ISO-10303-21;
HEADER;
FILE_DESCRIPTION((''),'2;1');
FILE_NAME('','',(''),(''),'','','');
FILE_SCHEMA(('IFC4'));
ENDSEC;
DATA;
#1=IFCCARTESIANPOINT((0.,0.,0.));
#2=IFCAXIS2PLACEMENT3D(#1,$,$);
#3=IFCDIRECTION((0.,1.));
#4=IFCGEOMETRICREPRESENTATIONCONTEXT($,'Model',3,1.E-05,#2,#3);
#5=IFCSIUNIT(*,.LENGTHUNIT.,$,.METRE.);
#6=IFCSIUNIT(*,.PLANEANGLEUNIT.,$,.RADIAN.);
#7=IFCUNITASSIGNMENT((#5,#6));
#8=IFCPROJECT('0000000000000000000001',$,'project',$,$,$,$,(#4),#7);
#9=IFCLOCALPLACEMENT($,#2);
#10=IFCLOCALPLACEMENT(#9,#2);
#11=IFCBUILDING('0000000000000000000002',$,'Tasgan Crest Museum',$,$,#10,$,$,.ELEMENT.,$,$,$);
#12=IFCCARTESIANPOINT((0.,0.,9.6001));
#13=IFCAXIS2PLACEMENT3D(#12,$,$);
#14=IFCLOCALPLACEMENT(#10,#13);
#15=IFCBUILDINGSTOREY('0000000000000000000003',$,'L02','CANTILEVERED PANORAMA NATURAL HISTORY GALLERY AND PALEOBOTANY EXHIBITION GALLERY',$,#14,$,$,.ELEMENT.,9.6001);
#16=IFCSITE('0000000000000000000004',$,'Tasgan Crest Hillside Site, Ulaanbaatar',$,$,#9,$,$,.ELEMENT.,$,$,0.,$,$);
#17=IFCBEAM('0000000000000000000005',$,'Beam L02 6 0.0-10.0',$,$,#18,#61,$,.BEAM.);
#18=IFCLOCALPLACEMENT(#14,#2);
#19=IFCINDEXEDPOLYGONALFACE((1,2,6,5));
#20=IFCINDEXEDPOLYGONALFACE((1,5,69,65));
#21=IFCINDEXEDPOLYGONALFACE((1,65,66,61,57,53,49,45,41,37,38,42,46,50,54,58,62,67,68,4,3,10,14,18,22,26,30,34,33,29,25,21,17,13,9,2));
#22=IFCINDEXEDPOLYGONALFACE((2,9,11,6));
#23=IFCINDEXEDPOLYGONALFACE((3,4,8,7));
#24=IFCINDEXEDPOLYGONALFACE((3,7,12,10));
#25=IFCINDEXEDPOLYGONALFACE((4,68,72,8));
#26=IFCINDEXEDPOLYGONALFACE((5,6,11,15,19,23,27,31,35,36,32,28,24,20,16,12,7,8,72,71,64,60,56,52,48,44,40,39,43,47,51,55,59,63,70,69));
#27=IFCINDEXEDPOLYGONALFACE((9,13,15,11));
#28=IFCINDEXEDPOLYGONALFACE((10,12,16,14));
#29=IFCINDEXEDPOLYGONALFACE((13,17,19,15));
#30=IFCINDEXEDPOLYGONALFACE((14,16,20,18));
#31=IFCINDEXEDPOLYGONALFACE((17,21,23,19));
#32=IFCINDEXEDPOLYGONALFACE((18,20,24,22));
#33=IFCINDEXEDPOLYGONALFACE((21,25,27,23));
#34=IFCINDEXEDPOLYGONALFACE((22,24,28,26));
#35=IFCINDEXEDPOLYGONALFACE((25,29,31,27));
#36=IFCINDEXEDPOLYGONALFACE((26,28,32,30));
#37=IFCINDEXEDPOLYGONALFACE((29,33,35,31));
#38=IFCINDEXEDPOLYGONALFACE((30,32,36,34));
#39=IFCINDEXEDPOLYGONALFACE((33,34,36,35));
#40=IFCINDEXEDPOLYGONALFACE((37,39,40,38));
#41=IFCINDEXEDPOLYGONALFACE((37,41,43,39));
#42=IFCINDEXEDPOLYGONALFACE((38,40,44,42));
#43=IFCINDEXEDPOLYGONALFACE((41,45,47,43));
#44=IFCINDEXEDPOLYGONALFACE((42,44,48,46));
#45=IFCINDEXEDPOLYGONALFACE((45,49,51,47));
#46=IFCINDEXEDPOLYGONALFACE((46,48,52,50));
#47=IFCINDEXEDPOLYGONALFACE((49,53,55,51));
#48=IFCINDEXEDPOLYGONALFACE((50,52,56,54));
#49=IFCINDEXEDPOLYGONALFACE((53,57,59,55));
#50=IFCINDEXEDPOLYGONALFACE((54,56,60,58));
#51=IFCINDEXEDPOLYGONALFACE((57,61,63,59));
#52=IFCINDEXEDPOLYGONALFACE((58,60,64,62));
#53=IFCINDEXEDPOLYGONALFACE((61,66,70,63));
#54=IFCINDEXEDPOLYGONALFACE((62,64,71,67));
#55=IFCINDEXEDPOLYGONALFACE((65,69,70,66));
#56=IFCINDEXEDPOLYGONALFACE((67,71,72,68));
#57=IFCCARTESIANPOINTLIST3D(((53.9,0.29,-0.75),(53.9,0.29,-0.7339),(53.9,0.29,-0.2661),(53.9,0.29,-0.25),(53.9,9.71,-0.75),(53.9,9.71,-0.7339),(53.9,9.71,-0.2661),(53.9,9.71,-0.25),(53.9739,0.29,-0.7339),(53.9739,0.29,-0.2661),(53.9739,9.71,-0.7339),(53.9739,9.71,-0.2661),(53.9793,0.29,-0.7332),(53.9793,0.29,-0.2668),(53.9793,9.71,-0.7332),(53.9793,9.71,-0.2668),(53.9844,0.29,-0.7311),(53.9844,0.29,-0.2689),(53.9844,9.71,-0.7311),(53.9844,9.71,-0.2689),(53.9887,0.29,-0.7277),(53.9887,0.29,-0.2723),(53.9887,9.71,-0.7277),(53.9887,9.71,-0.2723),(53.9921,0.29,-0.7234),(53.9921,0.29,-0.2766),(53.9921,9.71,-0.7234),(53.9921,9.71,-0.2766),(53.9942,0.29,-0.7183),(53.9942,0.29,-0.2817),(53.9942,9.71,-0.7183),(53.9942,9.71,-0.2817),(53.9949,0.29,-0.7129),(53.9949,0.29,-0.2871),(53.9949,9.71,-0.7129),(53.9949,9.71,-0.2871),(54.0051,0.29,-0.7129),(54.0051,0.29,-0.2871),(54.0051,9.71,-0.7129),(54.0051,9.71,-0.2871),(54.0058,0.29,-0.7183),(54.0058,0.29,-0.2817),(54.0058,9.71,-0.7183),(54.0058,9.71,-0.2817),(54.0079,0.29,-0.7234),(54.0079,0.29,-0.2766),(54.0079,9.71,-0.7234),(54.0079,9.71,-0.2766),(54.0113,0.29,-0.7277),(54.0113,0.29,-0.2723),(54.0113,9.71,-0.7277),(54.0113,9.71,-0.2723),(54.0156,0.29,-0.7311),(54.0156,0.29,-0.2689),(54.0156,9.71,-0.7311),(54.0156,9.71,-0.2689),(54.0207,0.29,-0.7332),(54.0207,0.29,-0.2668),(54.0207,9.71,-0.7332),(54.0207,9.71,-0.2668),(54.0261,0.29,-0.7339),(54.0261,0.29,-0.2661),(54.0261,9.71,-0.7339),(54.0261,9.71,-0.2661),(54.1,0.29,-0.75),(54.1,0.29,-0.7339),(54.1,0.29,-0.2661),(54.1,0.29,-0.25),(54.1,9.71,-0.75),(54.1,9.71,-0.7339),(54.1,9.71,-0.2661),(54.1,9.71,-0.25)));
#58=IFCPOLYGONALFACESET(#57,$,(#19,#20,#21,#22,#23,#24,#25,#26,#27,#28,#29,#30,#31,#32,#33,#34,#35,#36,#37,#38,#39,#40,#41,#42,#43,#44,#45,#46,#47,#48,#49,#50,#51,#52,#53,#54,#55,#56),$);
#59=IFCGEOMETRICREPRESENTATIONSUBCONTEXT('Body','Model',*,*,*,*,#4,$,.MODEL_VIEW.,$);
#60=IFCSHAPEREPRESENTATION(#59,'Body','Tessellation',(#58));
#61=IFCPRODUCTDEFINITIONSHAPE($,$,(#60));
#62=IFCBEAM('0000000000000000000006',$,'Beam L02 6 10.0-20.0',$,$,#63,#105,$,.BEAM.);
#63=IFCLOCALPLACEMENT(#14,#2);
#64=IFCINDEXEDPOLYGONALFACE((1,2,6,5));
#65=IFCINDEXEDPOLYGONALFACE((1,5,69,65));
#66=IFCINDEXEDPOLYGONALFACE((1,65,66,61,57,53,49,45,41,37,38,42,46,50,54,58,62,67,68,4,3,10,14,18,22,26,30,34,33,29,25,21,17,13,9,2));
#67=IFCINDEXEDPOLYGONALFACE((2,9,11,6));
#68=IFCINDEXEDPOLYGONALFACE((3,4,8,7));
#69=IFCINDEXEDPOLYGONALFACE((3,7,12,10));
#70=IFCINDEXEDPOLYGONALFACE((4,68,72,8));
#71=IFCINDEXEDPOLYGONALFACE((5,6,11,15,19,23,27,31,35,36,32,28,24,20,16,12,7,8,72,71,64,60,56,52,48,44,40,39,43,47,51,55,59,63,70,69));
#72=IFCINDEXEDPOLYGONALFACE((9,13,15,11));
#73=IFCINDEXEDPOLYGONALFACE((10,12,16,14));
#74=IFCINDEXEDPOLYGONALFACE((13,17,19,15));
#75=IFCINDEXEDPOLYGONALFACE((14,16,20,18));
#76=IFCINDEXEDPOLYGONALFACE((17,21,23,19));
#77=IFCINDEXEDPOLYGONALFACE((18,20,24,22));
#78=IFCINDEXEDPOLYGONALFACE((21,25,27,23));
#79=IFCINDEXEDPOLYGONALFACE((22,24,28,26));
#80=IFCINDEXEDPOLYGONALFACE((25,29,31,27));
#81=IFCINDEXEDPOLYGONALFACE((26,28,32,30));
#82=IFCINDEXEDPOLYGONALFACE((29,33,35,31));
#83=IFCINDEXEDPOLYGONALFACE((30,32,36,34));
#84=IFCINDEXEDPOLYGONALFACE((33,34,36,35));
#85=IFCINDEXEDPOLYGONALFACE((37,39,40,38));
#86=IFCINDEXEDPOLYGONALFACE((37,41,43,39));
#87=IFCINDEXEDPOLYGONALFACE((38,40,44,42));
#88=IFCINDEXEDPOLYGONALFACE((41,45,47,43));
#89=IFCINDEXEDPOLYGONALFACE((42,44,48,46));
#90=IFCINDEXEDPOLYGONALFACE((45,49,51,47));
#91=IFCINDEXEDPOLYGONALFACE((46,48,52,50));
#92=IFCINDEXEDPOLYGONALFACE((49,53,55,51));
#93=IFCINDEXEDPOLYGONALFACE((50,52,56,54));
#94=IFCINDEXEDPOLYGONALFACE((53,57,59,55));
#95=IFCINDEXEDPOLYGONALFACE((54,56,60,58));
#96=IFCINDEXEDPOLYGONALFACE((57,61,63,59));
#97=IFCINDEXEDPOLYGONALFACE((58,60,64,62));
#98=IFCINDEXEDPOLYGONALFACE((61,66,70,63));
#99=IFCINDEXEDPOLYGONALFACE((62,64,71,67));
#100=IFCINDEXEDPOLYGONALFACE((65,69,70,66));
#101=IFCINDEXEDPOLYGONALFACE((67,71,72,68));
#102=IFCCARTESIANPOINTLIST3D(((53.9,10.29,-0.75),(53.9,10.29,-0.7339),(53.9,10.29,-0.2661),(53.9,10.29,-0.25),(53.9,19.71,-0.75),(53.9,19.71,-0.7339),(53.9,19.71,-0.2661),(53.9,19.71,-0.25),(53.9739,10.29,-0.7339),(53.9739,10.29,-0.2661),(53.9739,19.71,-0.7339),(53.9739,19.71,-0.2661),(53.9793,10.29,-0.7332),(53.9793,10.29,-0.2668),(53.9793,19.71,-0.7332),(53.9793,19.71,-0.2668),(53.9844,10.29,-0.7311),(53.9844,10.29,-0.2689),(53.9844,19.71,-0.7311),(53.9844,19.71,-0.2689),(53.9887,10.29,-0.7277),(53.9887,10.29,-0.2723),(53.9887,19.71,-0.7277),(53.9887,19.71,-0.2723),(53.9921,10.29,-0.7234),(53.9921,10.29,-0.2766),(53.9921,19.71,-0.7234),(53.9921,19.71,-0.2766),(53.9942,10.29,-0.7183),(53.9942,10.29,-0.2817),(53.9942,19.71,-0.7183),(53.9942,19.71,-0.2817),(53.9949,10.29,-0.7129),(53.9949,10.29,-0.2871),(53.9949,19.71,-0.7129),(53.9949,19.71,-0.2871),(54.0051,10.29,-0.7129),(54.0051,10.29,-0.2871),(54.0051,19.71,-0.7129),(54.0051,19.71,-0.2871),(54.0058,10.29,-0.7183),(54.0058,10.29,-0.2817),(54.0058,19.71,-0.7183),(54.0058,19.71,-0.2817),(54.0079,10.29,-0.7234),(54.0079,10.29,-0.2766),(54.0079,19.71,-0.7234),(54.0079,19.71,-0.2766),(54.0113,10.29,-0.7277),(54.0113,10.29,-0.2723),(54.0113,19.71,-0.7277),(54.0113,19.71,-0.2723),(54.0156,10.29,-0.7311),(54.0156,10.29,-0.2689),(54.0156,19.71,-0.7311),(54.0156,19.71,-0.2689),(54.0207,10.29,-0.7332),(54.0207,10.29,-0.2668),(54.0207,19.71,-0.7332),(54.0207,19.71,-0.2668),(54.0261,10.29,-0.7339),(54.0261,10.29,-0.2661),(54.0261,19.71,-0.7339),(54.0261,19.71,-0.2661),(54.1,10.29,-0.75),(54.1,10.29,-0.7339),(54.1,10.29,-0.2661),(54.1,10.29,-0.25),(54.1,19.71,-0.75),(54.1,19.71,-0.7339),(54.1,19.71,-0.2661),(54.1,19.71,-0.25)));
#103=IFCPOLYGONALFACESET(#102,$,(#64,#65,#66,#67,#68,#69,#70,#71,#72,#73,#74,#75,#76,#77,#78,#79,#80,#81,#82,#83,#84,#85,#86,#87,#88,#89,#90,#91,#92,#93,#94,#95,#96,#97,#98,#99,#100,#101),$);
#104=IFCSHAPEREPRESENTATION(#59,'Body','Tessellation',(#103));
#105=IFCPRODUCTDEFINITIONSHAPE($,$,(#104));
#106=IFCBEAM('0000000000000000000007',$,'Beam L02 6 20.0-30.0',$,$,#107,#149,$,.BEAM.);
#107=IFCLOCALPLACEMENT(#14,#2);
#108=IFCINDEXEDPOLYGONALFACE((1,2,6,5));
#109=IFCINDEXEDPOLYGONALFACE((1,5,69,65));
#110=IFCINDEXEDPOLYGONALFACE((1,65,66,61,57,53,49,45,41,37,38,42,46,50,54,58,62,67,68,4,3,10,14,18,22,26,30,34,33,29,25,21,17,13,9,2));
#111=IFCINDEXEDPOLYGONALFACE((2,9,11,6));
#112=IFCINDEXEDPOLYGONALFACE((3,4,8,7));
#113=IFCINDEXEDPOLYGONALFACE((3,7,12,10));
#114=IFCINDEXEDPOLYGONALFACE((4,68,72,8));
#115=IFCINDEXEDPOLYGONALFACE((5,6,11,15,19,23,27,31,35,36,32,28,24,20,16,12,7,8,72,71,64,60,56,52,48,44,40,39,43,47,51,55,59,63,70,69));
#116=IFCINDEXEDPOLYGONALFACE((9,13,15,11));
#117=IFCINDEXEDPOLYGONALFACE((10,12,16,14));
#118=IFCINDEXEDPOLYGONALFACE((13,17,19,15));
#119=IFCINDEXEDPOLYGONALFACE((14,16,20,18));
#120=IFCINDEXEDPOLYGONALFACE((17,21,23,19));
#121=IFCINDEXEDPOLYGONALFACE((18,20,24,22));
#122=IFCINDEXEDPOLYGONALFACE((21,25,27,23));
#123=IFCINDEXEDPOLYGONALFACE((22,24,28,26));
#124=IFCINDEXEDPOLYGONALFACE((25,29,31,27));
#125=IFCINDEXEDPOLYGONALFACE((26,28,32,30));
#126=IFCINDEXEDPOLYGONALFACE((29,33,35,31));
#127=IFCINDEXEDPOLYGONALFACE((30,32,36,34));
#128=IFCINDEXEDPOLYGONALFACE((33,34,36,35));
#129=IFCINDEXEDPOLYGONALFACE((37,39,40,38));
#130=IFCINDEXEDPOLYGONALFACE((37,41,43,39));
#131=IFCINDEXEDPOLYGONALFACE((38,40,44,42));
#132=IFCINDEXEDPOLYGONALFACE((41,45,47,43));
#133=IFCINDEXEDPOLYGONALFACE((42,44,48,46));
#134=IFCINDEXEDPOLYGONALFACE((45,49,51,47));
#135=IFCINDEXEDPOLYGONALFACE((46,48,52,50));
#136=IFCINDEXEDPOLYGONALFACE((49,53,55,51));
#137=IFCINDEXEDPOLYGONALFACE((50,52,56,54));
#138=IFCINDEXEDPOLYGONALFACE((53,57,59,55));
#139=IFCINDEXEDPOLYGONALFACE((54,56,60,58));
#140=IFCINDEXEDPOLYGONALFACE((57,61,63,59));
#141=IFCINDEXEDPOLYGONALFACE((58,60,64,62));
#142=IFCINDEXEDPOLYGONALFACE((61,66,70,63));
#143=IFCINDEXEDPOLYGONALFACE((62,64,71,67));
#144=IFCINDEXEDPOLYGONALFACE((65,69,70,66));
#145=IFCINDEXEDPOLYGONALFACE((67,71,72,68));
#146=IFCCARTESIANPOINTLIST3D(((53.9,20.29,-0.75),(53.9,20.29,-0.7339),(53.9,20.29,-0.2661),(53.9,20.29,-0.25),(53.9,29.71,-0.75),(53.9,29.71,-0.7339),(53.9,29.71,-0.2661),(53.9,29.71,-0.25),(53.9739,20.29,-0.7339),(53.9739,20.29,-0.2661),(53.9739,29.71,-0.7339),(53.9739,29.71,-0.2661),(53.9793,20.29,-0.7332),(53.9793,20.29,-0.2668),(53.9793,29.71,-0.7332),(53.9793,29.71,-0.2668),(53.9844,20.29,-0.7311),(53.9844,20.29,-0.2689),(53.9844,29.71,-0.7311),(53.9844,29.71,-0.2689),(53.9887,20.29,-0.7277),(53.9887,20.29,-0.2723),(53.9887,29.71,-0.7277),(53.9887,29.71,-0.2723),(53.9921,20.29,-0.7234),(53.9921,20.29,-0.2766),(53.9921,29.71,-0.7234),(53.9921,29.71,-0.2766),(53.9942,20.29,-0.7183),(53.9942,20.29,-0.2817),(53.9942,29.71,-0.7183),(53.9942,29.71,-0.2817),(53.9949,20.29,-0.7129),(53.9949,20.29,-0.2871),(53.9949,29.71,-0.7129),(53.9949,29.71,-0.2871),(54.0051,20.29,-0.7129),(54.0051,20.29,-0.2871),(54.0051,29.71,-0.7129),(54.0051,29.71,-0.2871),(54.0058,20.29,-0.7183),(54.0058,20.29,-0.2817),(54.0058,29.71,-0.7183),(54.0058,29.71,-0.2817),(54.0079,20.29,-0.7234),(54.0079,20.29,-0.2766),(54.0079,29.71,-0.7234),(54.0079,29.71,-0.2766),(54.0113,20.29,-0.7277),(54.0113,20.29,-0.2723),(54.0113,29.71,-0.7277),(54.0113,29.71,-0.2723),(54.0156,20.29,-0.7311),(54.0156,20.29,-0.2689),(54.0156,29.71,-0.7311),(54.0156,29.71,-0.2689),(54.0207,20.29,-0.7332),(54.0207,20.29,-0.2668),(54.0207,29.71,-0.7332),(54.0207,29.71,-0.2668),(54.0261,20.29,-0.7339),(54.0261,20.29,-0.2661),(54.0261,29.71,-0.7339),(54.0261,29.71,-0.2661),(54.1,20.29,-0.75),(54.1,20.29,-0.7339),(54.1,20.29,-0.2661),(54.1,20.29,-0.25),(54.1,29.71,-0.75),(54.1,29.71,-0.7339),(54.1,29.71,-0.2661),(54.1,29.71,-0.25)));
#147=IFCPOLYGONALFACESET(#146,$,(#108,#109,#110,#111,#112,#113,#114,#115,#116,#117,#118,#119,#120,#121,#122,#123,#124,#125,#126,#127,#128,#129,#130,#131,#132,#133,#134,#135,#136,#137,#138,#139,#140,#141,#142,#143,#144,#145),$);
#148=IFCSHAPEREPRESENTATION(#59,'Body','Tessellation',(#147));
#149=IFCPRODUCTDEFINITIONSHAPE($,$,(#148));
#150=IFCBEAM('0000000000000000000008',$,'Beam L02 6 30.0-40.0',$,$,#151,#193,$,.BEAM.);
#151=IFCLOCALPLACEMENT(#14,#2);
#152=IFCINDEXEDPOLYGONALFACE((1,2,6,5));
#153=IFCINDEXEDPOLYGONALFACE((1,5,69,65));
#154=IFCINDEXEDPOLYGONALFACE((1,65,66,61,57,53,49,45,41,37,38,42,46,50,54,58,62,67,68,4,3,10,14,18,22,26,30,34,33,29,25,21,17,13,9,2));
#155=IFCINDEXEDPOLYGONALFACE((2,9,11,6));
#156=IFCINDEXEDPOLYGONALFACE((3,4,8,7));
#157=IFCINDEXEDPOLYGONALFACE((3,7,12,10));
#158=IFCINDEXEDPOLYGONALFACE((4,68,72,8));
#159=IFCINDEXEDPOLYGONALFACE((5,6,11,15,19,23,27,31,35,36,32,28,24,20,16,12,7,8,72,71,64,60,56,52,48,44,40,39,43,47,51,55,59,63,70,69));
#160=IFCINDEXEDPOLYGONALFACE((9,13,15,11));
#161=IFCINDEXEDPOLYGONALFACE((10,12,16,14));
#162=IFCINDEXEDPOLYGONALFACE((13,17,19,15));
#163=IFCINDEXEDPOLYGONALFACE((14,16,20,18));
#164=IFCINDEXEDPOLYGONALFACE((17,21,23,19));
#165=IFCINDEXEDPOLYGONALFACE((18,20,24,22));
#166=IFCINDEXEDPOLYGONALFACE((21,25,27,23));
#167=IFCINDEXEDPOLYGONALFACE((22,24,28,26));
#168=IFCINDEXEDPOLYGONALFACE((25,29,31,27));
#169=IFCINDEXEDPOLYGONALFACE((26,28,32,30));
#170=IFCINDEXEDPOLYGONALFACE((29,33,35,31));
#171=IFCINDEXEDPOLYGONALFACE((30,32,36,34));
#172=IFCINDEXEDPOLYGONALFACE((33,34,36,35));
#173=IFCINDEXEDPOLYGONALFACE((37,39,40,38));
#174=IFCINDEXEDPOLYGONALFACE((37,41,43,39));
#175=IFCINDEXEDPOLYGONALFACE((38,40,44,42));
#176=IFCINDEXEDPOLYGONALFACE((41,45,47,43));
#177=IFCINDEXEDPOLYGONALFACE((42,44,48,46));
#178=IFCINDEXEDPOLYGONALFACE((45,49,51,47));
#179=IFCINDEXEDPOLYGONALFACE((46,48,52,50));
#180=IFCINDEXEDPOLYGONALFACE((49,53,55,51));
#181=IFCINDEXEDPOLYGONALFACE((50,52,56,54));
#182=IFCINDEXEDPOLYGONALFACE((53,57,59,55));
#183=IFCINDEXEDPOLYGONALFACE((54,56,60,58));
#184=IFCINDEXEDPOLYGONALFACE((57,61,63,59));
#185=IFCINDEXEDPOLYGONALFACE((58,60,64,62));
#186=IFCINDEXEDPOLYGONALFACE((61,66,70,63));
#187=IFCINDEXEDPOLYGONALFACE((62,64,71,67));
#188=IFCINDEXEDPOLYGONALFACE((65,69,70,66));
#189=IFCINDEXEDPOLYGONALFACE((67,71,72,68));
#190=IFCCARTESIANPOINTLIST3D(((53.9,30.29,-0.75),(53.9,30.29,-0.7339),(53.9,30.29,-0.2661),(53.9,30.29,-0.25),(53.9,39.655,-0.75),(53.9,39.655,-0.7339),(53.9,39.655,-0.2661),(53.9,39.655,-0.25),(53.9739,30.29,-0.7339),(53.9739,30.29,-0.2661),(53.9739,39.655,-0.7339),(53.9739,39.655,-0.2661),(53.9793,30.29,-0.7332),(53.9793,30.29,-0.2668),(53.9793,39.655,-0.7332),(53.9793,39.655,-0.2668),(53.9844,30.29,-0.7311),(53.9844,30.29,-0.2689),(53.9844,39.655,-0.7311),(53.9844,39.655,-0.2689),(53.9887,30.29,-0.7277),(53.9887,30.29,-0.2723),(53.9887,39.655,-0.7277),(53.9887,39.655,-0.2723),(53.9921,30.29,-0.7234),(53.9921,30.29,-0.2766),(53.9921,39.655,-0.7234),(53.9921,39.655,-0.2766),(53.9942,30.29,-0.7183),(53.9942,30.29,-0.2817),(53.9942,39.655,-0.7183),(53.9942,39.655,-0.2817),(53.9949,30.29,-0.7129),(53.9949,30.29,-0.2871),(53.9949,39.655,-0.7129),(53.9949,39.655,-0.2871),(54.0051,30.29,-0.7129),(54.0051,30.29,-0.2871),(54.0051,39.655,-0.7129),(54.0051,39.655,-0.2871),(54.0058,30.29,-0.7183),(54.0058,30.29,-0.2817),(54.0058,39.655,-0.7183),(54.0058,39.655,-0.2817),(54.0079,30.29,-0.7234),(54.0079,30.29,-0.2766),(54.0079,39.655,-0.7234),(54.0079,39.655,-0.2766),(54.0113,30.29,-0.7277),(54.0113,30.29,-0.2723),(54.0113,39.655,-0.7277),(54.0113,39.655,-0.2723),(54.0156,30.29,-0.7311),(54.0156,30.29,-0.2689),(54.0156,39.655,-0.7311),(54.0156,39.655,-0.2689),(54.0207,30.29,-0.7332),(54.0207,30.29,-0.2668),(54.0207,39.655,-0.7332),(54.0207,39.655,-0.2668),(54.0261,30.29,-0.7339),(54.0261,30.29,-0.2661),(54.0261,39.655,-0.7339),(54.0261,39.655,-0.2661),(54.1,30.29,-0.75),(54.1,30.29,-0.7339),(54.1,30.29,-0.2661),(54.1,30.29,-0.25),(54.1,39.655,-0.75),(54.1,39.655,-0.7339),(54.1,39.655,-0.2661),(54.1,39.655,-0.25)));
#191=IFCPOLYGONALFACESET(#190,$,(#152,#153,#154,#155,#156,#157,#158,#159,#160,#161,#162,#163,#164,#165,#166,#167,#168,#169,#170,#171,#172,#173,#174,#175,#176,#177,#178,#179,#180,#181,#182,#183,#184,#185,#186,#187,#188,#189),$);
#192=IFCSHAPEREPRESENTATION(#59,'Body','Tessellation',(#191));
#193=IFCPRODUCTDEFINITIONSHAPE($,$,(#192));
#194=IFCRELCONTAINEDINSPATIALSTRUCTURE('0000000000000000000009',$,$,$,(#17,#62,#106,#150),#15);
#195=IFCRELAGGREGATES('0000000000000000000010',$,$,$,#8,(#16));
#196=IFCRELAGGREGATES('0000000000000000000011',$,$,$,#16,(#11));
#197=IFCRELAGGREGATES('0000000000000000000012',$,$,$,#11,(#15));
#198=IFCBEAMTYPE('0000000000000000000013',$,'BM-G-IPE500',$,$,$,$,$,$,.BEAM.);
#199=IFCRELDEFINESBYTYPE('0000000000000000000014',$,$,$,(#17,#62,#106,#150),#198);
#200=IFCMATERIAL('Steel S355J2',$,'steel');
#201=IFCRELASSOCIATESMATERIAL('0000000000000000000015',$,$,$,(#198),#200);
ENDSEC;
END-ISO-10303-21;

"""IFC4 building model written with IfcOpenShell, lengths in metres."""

from ifc_helpers import new_model, si_unit, direction, frame, origin, origin_2d, place, context, subcontext, project, spatial, i_section, extrude, material, material_profile, profile_set, type_object, element, save


model = new_model("IFC4")

# Units and contexts
model_context = context("Model", 3, precision=1e-05, world=origin(), true_north=direction((0.0, 1.0)))
body_context = subcontext(model_context, "Body", "Model", "MODEL_VIEW")
ifc_project = project(units=[si_unit("LENGTHUNIT", "METRE"), si_unit("PLANEANGLEUNIT", "RADIAN")], contexts=[model_context])

# Site, building, storey
site_placement = place(None, origin())
site = spatial("IfcSite", under=ifc_project, at=site_placement, Name="Tasgan Crest Hillside Site, Ulaanbaatar", CompositionType="ELEMENT", RefElevation=0.0)
building_placement = place(site_placement, origin())
building = spatial("IfcBuilding", under=site, at=building_placement, Name="Tasgan Crest Museum", CompositionType="ELEMENT")
storey_placement = place(building_placement, frame((0.0, 0.0, 9.6001)))
storey = spatial("IfcBuildingStorey", under=building, at=storey_placement, Name="L02", Description="CANTILEVERED PANORAMA NATURAL HISTORY GALLERY AND PALEOBOTANY EXHIBITION GALLERY", CompositionType="ELEMENT", Elevation=9.6001)

# Beams
ifc_material_1 = material(Name="Steel S355J2", Category="steel")
ifc_material_profile_1 = material_profile(ifc_material_1, i_section(OverallWidth=0.2, OverallDepth=0.5, WebThickness=0.0103, FlangeThickness=0.0161, FilletRadius=0.021, at=origin_2d()), Name="IPE 500")
ifc_profile_set_1 = profile_set([ifc_material_profile_1], Name="Steel S355J2")
beam_type_1 = type_object("IfcBeamType", Name="BM-G-IPE500", PredefinedType="BEAM", material=ifc_profile_set_1)
for number, where, z_axis, x_axis, name in (
    (1, (54.0, 0.29, -0.5), (0.0, 1.0, 0.0), (-1.0, 0.0, 0.0), "Beam L02 6 0.0-10.0"),
    (2, (54.0, 10.29, -0.5), (0.0, 1.0, 0.0), (-1.0, 0.0, 0.0), "Beam L02 6 10.0-20.0"),
    (3, (54.0, 20.29, -0.5), (0.0, 1.0, 0.0), (-1.0, 0.0, 0.0), "Beam L02 6 20.0-30.0"),
):
    element("IfcBeam", number, at=place(storey_placement, frame(where, z_axis=z_axis, x_axis=x_axis)), inside=storey, type_object=beam_type_1, Name=name, PredefinedType="BEAM", context=body_context, shape_type="SweptSolid", body=[
        extrude(i_section(OverallWidth=0.2, OverallDepth=0.5, WebThickness=0.0103, FlangeThickness=0.0161, FilletRadius=0.021, at=origin_2d()), origin(), (0.0, 0.0, 1.0), 9.4199),
    ])
beam_1_placement = place(storey_placement, frame((54.0, 30.29, -0.5), z_axis=(0.0, 1.0, 0.0), x_axis=(-1.0, 0.0, 0.0)))
element("IfcBeam", 4, at=beam_1_placement, inside=storey, type_object=beam_type_1, Name="Beam L02 6 30.0-40.0", PredefinedType="BEAM", context=body_context, shape_type="SweptSolid", body=[
    extrude(i_section(OverallWidth=0.2, OverallDepth=0.5, WebThickness=0.0103, FlangeThickness=0.0161, FilletRadius=0.021, at=origin_2d()), origin(), (0.0, 0.0, 1.0), 9.365),
])

save(model, "model.ifc")
